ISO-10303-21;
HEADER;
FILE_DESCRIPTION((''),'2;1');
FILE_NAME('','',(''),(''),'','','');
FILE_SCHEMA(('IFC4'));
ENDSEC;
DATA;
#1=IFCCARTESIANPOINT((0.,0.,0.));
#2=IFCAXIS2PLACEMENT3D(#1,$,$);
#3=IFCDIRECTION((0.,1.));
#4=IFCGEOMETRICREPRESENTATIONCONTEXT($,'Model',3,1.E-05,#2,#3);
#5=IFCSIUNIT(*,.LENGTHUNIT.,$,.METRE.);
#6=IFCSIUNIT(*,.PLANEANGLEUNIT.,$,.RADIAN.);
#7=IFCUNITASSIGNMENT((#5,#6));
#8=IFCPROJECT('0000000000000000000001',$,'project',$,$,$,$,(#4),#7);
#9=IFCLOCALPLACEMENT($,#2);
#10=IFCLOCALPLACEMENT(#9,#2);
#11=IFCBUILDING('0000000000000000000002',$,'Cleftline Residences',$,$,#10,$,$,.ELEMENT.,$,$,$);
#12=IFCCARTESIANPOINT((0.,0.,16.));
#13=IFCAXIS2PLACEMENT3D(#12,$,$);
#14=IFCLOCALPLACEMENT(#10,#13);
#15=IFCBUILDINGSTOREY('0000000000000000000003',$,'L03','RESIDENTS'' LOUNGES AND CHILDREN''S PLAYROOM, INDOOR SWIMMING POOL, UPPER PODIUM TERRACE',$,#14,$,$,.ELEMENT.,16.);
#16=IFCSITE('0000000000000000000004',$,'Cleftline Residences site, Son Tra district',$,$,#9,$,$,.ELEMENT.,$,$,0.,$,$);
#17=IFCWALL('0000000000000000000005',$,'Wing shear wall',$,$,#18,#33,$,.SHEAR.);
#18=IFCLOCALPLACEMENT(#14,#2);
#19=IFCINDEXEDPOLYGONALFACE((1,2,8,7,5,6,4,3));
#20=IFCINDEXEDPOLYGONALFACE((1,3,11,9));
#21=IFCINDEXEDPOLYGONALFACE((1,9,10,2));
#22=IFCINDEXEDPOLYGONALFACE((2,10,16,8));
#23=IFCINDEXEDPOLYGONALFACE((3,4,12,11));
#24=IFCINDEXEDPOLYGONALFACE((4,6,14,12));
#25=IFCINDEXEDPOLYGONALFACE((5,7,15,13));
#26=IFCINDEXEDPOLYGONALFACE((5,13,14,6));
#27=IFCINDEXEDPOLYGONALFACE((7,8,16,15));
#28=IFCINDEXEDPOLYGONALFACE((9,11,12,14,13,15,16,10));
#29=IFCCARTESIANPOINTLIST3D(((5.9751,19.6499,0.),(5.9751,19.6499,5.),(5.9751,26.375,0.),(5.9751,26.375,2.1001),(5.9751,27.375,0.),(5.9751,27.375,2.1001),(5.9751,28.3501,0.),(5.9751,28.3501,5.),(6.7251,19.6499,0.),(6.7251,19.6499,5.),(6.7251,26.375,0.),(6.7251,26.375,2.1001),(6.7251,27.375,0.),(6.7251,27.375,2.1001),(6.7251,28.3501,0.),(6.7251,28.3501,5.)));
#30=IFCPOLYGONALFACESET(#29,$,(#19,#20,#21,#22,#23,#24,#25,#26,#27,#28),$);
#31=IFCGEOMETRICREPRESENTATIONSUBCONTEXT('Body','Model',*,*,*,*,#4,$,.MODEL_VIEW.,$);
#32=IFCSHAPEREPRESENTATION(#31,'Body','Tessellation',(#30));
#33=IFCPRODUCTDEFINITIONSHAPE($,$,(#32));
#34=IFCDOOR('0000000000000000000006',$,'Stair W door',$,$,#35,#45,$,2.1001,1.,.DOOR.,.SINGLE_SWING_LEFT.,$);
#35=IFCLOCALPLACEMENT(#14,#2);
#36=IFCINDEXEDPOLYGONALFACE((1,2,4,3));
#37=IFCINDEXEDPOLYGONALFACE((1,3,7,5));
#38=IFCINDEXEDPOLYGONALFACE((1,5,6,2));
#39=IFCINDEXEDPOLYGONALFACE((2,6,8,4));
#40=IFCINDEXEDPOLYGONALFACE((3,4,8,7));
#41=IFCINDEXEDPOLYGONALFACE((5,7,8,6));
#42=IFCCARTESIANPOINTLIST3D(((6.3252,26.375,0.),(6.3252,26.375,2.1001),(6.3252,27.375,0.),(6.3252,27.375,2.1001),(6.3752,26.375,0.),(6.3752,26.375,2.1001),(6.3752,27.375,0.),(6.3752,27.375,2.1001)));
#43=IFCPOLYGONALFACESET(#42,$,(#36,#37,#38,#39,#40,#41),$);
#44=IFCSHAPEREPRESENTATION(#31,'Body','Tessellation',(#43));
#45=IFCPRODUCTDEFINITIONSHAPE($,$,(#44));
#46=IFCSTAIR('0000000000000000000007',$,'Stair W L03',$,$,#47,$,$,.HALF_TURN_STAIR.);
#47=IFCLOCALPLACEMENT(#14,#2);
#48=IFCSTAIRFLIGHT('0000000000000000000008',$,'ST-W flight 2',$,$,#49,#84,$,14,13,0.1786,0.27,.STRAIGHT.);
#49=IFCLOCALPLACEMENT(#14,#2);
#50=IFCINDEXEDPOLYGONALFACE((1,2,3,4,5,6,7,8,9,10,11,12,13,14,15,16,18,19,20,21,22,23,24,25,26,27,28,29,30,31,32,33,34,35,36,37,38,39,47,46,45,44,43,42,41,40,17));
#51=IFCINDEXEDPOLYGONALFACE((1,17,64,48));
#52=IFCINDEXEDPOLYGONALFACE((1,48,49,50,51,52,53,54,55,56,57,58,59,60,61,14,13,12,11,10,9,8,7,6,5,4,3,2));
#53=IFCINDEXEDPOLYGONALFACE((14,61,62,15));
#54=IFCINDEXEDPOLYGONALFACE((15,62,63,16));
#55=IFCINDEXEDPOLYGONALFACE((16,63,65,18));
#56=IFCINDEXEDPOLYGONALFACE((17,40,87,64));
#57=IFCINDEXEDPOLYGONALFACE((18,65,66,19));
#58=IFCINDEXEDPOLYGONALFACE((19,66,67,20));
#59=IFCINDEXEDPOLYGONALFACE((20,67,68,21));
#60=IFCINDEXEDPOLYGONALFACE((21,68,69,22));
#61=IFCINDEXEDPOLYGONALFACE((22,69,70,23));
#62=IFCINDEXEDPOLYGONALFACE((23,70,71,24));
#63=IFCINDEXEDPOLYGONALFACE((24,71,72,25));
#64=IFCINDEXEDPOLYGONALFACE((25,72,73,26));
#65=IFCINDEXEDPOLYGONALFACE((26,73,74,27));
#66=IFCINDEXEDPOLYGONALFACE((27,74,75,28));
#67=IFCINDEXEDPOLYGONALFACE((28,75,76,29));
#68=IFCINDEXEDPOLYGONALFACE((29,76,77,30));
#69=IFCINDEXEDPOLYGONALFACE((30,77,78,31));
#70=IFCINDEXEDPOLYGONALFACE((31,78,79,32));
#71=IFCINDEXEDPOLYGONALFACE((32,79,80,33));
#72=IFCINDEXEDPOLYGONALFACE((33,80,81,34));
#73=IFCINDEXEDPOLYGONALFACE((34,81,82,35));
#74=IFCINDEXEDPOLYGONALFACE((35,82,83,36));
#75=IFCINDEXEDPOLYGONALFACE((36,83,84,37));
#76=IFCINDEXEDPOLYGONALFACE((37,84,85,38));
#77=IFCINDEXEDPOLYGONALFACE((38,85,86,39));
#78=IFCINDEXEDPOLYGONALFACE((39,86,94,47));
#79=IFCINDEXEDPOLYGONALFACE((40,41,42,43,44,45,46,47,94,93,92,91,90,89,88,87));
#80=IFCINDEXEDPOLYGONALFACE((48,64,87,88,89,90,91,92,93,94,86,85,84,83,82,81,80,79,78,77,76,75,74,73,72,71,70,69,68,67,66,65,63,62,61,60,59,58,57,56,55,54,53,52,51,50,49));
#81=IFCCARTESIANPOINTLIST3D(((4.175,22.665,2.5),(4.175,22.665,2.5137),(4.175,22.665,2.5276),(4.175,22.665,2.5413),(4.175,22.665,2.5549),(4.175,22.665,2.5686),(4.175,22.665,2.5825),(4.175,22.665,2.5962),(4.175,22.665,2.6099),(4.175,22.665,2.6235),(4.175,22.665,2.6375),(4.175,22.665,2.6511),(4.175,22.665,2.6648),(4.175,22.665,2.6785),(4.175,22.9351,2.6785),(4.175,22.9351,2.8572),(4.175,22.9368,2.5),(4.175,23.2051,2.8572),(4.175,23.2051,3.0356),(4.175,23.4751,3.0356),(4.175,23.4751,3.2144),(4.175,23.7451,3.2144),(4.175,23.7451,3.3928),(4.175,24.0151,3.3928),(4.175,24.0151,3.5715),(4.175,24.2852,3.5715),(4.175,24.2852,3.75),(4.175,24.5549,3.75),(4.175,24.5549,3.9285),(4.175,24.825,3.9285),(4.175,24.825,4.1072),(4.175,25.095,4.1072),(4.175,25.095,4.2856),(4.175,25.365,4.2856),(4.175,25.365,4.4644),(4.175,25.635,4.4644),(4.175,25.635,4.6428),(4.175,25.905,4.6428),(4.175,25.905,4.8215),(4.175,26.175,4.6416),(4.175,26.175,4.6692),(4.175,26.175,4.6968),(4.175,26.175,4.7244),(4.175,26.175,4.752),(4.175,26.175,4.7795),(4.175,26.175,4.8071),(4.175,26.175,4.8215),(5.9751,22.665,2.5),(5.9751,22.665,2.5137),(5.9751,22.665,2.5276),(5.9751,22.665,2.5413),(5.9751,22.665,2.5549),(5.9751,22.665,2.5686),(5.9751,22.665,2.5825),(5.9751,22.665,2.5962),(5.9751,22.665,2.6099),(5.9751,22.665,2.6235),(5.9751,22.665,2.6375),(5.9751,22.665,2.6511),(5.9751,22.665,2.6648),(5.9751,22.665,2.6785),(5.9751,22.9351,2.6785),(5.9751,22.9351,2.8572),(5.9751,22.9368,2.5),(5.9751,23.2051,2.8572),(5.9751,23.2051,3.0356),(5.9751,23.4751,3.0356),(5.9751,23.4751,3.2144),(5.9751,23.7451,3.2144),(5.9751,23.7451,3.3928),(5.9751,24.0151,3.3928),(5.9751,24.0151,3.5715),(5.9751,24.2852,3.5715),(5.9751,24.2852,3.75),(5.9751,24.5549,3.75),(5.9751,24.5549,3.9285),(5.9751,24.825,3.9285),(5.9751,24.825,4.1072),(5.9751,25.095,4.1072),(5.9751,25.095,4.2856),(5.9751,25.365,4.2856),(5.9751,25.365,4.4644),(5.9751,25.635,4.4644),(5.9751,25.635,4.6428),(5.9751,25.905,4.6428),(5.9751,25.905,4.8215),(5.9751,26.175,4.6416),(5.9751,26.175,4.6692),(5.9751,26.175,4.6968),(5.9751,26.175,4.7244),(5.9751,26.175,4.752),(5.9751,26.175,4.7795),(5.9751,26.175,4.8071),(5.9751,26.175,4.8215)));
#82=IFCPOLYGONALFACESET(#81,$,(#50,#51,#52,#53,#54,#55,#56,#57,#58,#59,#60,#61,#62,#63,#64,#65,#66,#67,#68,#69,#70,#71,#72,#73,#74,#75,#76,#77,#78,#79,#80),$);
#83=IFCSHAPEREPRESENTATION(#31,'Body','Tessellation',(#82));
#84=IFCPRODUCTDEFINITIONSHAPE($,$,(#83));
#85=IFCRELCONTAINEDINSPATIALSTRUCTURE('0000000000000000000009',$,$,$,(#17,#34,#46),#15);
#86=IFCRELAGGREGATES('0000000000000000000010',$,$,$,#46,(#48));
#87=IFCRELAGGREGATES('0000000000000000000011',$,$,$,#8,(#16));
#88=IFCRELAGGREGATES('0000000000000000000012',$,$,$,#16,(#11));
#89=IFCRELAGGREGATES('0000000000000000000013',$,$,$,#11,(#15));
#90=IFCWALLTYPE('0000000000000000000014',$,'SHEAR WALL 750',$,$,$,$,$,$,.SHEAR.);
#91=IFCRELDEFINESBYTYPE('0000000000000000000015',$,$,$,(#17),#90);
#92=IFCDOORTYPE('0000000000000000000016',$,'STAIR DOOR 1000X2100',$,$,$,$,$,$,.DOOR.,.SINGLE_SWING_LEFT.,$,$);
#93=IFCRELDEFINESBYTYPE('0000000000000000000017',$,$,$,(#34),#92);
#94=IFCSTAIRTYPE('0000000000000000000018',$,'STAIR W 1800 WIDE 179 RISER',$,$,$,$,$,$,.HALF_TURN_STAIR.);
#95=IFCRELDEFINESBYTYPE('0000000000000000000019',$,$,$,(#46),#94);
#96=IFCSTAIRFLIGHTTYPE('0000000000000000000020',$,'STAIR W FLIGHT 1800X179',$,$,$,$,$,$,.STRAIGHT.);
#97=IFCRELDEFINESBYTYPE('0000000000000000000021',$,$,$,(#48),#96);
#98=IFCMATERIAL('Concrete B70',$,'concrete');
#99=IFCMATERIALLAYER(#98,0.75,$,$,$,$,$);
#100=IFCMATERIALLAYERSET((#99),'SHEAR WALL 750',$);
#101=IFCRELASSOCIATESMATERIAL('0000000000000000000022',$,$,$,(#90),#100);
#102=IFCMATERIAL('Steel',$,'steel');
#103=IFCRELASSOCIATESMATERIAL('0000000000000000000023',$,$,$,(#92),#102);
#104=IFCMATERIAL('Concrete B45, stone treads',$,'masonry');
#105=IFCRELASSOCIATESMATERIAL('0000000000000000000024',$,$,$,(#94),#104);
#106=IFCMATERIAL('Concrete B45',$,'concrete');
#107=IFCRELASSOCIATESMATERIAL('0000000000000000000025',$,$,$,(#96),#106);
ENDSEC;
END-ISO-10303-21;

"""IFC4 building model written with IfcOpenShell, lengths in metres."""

from ifc_helpers import new_model, si_unit, direction, frame, frame_2d, origin, place, context, subcontext, project, spatial, polyline, rectangle, outline, extrude, material, layer, layer_set, type_object, element, fill, aggregate, save


model = new_model("IFC4")

# Units and contexts
model_context = context("Model", 3, precision=1e-05, world=origin(), true_north=direction((0.0, 1.0)))
body_context = subcontext(model_context, "Body", "Model", "MODEL_VIEW")
ifc_project = project(units=[si_unit("LENGTHUNIT", "METRE"), si_unit("PLANEANGLEUNIT", "RADIAN")], contexts=[model_context])

# Site, building, storey
site_placement = place(None, origin())
site = spatial("IfcSite", under=ifc_project, at=site_placement, Name="Cleftline Residences site, Son Tra district", CompositionType="ELEMENT", RefElevation=0.0)
building_placement = place(site_placement, origin())
building = spatial("IfcBuilding", under=site, at=building_placement, Name="Cleftline Residences", CompositionType="ELEMENT")
storey_placement = place(building_placement, frame((0.0, 0.0, 16.0)))
storey = spatial("IfcBuildingStorey", under=building, at=storey_placement, Name="L03", Description="RESIDENTS' LOUNGES AND CHILDREN'S PLAYROOM, INDOOR SWIMMING POOL, UPPER PODIUM TERRACE", CompositionType="ELEMENT", Elevation=16.0)

# Shared definitions
ifc_material_1 = material(Name="Concrete B70", Category="concrete")
ifc_layer_1 = layer(ifc_material_1, 0.75)
ifc_layer_set_1 = layer_set([ifc_layer_1], Name="SHEAR WALL 750")
wall_type_1 = type_object("IfcWallType", Name="SHEAR WALL 750", PredefinedType="SHEAR", material=ifc_layer_set_1)

# Wall, opening, door
wall_1_placement = place(storey_placement, frame((6.3501, 19.6499, 0.0), z_axis=(0.0, 0.0, 1.0), x_axis=(0.0, 1.0, 0.0)))
wall_1 = element("IfcWall", 1, at=wall_1_placement, inside=storey, type_object=wall_type_1, Name="Wing shear wall", PredefinedType="SHEAR", context=body_context, shape_type="SweptSolid", body=[
    extrude(rectangle(XDim=8.7002, YDim=0.75, at=frame_2d((4.3501, 0.0))), origin(), (0.0, 0.0, 1.0), 5.0),
])
opening_1_placement = place(wall_1_placement, frame((6.7251, 0.0, 0.0)))
opening_1 = element("IfcOpeningElement", 2, at=opening_1_placement, cuts=wall_1, PredefinedType="OPENING", context=body_context, shape_type="SweptSolid", body=[
    extrude(rectangle(XDim=1.0, YDim=2.1001, at=frame_2d((0.5, 1.05))), frame((0.0, 0.385, 0.0), z_axis=(0.0, -1.0, 0.0), x_axis=(1.0, 0.0, 0.0)), (0.0, 0.0, 1.0), 0.77),
])
ifc_material_2 = material(Name="Steel", Category="steel")
door_type_1 = type_object("IfcDoorType", Name="STAIR DOOR 1000X2100", OperationType="SINGLE_SWING_LEFT", PredefinedType="DOOR", material=ifc_material_2)
door_1_placement = place(opening_1_placement, origin())
door_1 = element("IfcDoor", 3, at=door_1_placement, inside=storey, type_object=door_type_1, Name="Stair W door", OperationType="SINGLE_SWING_LEFT", OverallHeight=2.1001, OverallWidth=1.0, PredefinedType="DOOR", context=body_context, shape_type="SweptSolid", body=[
    extrude(rectangle(XDim=1.0, YDim=2.1001, at=frame_2d((0.5, 1.05))), frame((0.0, 0.0249, 0.0), z_axis=(0.0, -1.0, 0.0), x_axis=(1.0, 0.0, 0.0)), (0.0, 0.0, 1.0), 0.05),
])
fill(opening_1, door_1)

# Stair, stair flight
ifc_material_3 = material(Name="Concrete B45, stone treads", Category="masonry")
stair_type = type_object("IfcStairType", Name="STAIR W 1800 WIDE 179 RISER", PredefinedType="HALF_TURN_STAIR", material=ifc_material_3)
stair_placement = place(storey_placement, origin())
stair = element("IfcStair", 4, at=stair_placement, inside=storey, type_object=stair_type, Name="Stair W L03", PredefinedType="HALF_TURN_STAIR")
ifc_material_4 = material(Name="Concrete B45", Category="concrete")
stair_flight_type = type_object("IfcStairFlightType", Name="STAIR W FLIGHT 1800X179", PredefinedType="STRAIGHT", material=ifc_material_4)
stair_flight_placement = place(storey_placement, frame((5.075, 22.665, 2.5), z_axis=(0.0, 0.0, 1.0), x_axis=(0.0, 1.0, 0.0)))
stair_flight = element("IfcStairFlight", 5, at=stair_flight_placement, type_object=stair_flight_type, Name="ST-W flight 2", NumberOfRisers=14, NumberOfTreads=13, PredefinedType="STRAIGHT", RiserHeight=0.1786, TreadLength=0.27, context=body_context, shape_type="SweptSolid", body=[
    extrude(outline(polyline([(0.0, 0.0), (0.0, 0.0137), (0.0, 0.0276), (0.0, 0.0413), (0.0, 0.0549), (0.0, 0.0686), (0.0, 0.0825), (0.0, 0.0962), (0.0, 0.1099), (0.0, 0.1235), (0.0, 0.1375), (0.0, 0.1511), (0.0, 0.1648), (0.0, 0.1785), (0.27, 0.1785), (0.27, 0.3572), (0.54, 0.3572), (0.54, 0.5356), (0.8101, 0.5356), (0.8101, 0.7144), (1.0801, 0.7144), (1.0801, 0.8928), (1.3501, 0.8928), (1.3501, 1.0715), (1.6201, 1.0715), (1.6201, 1.25), (1.8899, 1.25), (1.8899, 1.4285), (2.1599, 1.4285), (2.1599, 1.6072), (2.4299, 1.6072), (2.4299, 1.7856), (2.7, 1.7856), (2.7, 1.9644), (2.97, 1.9644), (2.97, 2.1428), (3.24, 2.1428), (3.24, 2.3215), (3.51, 2.3215), (3.51, 2.5), (3.51, 2.4724), (3.51, 2.4448), (3.51, 2.4172), (3.51, 2.3896), (3.51, 2.3623), (3.51, 2.3347), (3.51, 2.3071), (3.51, 2.2795), (3.51, 2.252), (3.51, 2.2244), (3.51, 2.1968), (3.51, 2.1692), (3.51, 2.1416), (0.2717, 0.0), (0.0, 0.0)])), frame((0.0, 0.8999, 0.0), z_axis=(0.0, -1.0, 0.0), x_axis=(1.0, 0.0, 0.0)), (0.0, 0.0, 1.0), 1.8),
])
aggregate(stair, [stair_flight])

save(model, "model.ifc")
